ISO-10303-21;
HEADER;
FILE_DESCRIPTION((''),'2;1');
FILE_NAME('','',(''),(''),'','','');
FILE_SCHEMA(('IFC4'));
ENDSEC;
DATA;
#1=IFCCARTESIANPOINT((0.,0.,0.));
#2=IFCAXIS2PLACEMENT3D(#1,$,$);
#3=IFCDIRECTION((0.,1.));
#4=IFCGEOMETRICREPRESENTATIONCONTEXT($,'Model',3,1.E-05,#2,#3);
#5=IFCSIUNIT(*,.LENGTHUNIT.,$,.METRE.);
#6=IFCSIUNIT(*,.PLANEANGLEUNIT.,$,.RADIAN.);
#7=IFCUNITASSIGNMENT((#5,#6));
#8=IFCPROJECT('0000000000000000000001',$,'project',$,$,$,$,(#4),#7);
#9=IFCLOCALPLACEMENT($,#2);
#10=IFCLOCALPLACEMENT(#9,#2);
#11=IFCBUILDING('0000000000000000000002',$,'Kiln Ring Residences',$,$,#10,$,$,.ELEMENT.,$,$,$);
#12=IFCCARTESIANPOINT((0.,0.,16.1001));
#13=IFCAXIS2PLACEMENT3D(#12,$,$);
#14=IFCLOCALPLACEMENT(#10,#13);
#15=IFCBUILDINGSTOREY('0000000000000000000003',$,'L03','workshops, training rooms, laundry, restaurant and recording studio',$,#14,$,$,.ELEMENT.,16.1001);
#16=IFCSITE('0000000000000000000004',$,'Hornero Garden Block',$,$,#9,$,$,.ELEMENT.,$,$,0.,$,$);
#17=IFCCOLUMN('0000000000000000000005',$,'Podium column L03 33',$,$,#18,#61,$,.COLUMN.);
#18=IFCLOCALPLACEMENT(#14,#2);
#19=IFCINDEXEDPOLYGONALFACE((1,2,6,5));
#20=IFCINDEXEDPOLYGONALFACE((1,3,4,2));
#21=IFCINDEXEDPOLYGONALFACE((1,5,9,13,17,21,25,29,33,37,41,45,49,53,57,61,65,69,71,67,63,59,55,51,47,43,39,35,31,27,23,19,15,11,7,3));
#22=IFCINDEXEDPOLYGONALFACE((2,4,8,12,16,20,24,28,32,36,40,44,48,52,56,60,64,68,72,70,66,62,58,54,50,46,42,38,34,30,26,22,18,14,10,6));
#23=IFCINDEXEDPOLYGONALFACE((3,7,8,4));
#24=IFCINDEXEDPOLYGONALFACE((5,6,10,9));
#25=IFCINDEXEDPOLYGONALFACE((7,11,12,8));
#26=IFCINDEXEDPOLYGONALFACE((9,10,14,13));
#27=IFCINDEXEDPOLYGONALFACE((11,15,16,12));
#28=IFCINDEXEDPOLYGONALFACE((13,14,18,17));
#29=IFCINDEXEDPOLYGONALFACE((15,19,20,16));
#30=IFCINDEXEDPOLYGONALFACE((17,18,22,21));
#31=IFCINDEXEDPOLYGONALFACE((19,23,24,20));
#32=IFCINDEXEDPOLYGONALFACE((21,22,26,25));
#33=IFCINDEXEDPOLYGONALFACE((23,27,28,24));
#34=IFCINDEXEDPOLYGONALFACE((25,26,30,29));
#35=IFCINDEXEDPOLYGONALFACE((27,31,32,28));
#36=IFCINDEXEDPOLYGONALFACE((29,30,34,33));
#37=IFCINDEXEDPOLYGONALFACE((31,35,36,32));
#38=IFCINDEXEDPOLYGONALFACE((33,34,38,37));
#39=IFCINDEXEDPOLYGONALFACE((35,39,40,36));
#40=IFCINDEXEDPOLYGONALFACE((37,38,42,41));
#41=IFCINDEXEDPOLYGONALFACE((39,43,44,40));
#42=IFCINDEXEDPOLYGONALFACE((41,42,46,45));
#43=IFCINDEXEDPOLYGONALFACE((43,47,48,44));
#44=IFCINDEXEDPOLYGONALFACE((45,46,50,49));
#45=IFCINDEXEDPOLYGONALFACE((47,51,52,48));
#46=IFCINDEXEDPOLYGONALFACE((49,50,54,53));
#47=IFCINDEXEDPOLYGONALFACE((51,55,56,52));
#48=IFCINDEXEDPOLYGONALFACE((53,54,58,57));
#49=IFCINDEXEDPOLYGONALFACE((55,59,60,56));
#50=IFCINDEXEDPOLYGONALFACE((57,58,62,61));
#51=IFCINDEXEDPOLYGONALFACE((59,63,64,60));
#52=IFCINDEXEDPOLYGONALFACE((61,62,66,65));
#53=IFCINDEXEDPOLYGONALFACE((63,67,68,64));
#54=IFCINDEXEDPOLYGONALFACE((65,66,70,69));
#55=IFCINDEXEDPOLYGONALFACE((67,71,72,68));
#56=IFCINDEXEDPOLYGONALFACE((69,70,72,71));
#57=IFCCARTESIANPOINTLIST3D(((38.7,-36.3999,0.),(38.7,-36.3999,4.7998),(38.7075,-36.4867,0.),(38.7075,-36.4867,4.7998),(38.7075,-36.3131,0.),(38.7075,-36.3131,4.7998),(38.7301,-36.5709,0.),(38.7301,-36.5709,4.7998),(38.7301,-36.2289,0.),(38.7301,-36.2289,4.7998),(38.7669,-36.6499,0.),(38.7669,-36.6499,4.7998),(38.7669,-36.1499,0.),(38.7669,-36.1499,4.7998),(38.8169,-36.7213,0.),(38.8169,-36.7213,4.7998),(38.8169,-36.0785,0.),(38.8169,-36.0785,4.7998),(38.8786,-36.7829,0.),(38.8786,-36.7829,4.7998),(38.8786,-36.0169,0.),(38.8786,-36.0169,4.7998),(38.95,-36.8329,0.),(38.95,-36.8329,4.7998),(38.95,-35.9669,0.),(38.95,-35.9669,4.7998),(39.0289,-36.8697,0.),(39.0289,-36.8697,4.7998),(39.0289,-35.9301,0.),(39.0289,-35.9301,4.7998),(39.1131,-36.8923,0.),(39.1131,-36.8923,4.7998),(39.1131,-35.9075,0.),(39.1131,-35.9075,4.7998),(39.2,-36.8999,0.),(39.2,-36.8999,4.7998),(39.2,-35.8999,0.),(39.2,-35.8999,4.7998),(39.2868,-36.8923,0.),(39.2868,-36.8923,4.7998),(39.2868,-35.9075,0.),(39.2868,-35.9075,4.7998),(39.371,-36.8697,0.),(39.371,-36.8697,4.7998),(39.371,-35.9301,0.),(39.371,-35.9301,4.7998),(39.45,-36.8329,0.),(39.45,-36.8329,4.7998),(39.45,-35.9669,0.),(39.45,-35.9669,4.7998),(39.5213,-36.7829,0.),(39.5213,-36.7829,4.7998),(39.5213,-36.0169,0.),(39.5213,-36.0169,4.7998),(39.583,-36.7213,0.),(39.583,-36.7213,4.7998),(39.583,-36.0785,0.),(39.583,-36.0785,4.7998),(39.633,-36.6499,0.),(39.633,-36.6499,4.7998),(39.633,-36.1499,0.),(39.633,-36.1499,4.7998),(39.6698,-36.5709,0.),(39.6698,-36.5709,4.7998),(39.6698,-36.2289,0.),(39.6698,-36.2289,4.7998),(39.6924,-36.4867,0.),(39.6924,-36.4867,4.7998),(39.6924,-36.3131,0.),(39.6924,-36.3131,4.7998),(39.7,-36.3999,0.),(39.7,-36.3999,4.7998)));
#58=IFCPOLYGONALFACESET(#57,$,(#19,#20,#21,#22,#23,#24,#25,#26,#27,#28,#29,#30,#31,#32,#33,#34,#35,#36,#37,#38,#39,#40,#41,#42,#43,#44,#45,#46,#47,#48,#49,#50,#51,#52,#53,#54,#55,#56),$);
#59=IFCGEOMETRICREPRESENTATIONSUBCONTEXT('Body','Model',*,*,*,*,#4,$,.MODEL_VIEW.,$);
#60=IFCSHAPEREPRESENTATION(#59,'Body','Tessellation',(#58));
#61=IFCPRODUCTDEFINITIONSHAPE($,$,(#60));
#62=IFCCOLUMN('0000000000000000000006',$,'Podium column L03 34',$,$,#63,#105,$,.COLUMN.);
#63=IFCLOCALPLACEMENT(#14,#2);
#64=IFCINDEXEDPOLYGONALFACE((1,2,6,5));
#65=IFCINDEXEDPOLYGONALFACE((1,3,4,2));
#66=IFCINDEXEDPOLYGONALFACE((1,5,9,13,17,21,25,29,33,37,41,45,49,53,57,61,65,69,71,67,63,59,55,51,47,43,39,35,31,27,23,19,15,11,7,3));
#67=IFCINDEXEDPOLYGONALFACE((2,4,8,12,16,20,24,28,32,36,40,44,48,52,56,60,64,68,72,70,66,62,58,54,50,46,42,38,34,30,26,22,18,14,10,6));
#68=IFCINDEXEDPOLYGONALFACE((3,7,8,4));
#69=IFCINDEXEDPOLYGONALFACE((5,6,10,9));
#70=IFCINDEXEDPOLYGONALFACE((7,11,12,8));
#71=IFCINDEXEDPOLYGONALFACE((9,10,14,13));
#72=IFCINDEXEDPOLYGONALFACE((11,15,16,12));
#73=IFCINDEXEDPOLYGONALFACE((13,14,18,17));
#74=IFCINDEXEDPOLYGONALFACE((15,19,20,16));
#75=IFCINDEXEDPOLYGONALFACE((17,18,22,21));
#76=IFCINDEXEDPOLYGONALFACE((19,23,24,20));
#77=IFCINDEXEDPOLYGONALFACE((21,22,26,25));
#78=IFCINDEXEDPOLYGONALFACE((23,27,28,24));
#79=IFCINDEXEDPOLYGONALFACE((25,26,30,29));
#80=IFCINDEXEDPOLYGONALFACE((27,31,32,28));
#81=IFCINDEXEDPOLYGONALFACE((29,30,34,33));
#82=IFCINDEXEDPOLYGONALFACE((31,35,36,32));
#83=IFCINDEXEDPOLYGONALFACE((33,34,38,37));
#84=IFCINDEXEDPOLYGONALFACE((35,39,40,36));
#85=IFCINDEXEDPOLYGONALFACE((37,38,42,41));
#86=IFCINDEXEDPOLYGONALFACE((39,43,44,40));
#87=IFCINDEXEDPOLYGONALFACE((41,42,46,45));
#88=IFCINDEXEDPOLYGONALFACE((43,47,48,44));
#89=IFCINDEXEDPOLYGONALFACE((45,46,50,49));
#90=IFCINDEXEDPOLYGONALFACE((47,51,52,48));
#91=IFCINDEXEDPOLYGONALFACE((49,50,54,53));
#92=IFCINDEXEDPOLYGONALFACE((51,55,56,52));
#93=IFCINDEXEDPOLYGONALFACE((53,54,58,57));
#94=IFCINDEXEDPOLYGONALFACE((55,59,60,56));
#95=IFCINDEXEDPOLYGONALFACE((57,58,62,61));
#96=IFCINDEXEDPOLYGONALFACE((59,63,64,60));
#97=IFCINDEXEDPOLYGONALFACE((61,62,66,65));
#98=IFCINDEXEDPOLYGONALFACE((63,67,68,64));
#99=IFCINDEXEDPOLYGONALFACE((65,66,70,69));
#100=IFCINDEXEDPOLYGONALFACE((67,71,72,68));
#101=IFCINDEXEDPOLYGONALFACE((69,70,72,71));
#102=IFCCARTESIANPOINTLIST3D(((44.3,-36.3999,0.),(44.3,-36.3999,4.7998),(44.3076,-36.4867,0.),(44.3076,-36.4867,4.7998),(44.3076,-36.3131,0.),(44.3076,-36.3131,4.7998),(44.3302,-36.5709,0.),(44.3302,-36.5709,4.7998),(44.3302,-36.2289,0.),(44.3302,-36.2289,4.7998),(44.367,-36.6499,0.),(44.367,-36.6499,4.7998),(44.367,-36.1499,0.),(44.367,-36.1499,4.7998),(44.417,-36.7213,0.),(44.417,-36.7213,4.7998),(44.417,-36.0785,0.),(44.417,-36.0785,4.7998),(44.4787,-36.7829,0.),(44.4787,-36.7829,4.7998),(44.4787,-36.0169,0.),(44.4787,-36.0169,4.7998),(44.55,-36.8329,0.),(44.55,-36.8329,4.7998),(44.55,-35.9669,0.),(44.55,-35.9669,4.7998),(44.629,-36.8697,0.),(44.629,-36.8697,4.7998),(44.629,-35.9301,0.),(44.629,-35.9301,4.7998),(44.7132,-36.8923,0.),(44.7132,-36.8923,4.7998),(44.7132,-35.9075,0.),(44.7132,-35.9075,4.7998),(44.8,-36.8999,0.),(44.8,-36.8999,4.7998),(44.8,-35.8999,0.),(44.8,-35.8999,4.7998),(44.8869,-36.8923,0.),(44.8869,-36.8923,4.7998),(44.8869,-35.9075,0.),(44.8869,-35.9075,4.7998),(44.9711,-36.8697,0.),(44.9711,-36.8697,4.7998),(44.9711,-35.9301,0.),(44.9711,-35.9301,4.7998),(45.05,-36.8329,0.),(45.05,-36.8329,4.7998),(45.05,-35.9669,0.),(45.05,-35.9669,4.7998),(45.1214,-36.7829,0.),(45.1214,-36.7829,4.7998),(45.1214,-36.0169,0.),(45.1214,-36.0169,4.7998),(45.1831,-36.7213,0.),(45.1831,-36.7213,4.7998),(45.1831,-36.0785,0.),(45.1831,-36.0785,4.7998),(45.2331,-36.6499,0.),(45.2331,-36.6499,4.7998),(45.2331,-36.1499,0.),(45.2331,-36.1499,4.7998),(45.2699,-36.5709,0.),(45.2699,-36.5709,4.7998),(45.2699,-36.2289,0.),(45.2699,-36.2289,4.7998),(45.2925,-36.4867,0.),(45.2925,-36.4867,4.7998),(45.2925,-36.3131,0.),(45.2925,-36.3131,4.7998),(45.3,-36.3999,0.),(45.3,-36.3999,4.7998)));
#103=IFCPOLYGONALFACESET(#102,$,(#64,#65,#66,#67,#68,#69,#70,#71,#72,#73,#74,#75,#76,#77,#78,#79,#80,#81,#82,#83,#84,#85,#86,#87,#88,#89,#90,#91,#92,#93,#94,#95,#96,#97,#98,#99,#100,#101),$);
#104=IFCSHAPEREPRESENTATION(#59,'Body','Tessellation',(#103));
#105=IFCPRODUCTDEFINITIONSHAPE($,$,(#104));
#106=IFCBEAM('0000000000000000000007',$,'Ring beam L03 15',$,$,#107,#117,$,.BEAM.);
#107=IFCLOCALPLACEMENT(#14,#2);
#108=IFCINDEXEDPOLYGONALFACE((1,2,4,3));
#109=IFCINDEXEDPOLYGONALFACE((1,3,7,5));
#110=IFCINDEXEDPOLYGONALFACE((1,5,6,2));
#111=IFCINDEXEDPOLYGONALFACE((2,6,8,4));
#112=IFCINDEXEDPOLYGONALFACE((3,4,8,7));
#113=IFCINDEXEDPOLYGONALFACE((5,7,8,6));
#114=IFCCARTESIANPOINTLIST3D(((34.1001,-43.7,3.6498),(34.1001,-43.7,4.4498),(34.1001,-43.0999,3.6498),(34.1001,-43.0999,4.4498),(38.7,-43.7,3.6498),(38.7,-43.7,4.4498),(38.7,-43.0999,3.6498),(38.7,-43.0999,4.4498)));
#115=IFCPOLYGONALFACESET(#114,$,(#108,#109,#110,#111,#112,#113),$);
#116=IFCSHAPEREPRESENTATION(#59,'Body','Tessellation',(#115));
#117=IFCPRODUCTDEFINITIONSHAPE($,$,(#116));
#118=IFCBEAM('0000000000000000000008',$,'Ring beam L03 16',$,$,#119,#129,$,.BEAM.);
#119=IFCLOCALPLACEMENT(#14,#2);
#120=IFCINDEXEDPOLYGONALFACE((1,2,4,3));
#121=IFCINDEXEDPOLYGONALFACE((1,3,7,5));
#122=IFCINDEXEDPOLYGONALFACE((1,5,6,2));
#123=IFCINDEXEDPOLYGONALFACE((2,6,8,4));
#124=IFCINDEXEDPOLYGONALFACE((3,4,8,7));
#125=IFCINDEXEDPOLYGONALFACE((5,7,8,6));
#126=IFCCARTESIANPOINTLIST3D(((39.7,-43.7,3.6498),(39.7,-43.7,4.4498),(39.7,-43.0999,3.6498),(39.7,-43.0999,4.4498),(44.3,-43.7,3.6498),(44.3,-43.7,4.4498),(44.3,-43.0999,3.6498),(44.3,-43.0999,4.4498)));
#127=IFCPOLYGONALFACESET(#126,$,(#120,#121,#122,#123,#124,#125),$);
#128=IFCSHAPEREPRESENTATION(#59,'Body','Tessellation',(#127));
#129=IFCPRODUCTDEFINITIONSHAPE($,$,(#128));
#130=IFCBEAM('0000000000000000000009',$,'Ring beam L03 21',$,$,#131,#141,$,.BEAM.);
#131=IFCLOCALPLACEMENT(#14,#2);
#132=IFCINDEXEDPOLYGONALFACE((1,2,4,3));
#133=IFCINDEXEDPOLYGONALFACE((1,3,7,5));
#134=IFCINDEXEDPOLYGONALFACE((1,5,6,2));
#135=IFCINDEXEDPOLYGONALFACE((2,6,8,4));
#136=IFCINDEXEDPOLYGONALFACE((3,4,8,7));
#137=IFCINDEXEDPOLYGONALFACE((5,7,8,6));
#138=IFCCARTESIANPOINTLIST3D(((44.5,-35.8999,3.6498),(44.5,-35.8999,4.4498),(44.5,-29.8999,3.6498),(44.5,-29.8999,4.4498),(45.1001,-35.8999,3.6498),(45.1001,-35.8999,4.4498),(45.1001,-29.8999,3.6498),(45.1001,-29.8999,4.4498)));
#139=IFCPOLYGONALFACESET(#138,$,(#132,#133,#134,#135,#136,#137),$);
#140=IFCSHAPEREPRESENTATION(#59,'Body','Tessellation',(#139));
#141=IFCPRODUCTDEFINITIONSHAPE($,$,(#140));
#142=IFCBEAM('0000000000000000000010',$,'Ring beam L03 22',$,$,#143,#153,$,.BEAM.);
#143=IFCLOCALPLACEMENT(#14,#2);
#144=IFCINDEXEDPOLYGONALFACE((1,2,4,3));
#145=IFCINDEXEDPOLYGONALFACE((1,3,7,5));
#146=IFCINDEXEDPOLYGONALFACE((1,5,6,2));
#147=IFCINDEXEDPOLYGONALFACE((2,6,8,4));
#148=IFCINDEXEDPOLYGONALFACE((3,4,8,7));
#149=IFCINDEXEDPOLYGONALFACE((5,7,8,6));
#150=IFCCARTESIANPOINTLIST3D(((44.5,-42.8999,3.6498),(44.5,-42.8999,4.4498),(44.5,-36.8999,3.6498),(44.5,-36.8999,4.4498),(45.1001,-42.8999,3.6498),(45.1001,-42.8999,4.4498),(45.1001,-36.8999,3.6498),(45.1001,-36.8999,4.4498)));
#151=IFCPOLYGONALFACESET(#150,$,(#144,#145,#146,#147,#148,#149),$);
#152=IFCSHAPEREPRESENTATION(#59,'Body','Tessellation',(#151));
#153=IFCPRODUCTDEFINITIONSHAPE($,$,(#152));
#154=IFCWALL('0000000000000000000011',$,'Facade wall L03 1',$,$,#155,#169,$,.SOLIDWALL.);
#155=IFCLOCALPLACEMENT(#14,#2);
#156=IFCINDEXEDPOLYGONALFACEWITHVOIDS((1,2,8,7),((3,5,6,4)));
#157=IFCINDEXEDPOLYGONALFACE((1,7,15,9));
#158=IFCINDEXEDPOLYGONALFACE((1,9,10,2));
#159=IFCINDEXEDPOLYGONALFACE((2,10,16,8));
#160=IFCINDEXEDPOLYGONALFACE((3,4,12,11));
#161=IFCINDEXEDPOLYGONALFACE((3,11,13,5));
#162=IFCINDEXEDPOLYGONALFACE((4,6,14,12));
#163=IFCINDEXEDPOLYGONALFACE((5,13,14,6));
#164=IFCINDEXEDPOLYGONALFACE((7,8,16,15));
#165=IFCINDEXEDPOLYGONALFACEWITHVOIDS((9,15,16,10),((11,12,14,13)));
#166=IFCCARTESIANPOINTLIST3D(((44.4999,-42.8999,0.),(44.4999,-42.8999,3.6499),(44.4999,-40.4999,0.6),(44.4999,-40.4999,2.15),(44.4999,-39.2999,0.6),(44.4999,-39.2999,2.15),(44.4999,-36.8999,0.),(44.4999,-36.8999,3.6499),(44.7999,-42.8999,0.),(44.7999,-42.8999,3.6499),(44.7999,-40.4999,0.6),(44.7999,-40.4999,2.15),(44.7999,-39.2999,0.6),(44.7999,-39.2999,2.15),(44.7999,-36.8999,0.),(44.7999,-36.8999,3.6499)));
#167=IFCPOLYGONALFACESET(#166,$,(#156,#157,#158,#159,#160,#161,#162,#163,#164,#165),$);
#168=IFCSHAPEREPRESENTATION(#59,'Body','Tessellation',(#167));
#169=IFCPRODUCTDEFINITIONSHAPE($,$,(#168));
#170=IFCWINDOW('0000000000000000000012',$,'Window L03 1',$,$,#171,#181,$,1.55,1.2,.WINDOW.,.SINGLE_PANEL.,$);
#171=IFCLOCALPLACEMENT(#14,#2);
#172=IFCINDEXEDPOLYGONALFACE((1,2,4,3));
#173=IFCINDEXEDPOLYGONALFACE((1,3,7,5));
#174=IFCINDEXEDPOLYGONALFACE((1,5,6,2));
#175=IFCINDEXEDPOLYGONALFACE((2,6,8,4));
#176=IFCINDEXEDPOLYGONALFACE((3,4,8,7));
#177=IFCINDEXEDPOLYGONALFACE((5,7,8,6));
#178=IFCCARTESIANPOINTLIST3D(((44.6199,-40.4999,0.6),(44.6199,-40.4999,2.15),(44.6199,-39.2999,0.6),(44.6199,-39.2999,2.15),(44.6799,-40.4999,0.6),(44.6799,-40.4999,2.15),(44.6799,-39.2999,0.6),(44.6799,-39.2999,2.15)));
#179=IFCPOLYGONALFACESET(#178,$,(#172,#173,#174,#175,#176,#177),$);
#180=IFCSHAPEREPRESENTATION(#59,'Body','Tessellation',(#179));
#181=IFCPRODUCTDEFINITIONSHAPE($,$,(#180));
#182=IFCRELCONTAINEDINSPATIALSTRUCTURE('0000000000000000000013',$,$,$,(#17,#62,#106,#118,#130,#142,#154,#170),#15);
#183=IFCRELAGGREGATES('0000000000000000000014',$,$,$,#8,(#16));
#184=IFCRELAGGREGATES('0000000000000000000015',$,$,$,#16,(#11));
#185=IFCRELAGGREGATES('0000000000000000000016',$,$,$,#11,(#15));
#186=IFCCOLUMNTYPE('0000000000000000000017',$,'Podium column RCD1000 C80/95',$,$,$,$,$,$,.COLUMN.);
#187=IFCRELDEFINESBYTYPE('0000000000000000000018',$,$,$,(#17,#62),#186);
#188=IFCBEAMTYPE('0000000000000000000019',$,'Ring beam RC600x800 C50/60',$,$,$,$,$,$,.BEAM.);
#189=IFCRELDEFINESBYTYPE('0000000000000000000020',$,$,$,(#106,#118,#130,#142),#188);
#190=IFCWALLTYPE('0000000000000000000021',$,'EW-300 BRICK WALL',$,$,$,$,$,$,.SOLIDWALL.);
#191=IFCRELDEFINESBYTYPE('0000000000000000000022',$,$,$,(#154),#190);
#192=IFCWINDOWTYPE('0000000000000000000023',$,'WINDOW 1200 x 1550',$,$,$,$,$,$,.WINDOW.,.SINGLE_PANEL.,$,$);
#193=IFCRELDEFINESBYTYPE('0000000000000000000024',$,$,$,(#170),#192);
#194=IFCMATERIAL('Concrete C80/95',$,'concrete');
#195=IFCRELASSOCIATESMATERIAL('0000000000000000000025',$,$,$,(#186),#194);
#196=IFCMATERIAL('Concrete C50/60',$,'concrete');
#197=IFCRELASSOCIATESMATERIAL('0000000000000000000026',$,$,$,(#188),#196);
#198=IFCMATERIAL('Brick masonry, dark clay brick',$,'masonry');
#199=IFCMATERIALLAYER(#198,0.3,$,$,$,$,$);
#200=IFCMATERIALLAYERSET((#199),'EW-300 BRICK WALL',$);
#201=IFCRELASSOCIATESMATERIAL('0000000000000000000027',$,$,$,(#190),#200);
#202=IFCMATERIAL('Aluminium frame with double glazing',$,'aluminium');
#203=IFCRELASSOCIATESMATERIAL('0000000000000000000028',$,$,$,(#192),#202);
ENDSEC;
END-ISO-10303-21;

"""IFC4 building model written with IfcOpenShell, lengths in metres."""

from ifc_helpers import new_model, si_unit, direction, frame, frame_2d, origin, origin_2d, place, context, subcontext, project, spatial, rectangle, circle, extrude, material, layer, layer_set, material_profile, profile_set, type_object, element, fill, save


model = new_model("IFC4")

# Units and contexts
model_context = context("Model", 3, precision=1e-05, world=origin(), true_north=direction((0.0, 1.0)))
body_context = subcontext(model_context, "Body", "Model", "MODEL_VIEW")
ifc_project = project(units=[si_unit("LENGTHUNIT", "METRE"), si_unit("PLANEANGLEUNIT", "RADIAN")], contexts=[model_context])

# Site, building, storey
site_placement = place(None, origin())
site = spatial("IfcSite", under=ifc_project, at=site_placement, Name="Hornero Garden Block", CompositionType="ELEMENT", RefElevation=0.0)
building_placement = place(site_placement, origin())
building = spatial("IfcBuilding", under=site, at=building_placement, Name="Kiln Ring Residences", CompositionType="ELEMENT")
storey_placement = place(building_placement, frame((0.0, 0.0, 16.1001)))
storey = spatial("IfcBuildingStorey", under=building, at=storey_placement, Name="L03", Description="workshops, training rooms, laundry, restaurant and recording studio", CompositionType="ELEMENT", Elevation=16.1001)

# Columns
ifc_material_1 = material(Name="Concrete C80/95", Category="concrete")
ifc_material_profile_1 = material_profile(ifc_material_1, circle(Radius=0.5, at=origin_2d()), Name="RCD1000")
ifc_profile_set_1 = profile_set([ifc_material_profile_1], Name="Concrete C80/95")
column_type = type_object("IfcColumnType", Name="Podium column RCD1000 C80/95", PredefinedType="COLUMN", material=ifc_profile_set_1)
for number, where, z_axis, x_axis, name in (
    (1, (39.2, -36.3999, 0.0), (0.0, 0.0, 1.0), (1.0, 0.0, 0.0), "Podium column L03 33"),
    (2, (44.8, -36.3999, 0.0), (0.0, 0.0, 1.0), (1.0, 0.0, 0.0), "Podium column L03 34"),
):
    element("IfcColumn", number, at=place(storey_placement, frame(where, z_axis=z_axis, x_axis=x_axis)), inside=storey, type_object=column_type, Name=name, PredefinedType="COLUMN", context=body_context, shape_type="SweptSolid", body=[
        extrude(circle(Radius=0.5, at=origin_2d()), origin(), (0.0, 0.0, 1.0), 4.7998),
    ])

# Beams
ifc_material_2 = material(Name="Concrete C50/60", Category="concrete")
ifc_material_profile_2 = material_profile(ifc_material_2, rectangle(XDim=0.6001, YDim=0.8, at=origin_2d()), Name="RC600x800")
ifc_profile_set_2 = profile_set([ifc_material_profile_2], Name="Concrete C50/60")
beam_type = type_object("IfcBeamType", Name="Ring beam RC600x800 C50/60", PredefinedType="BEAM", material=ifc_profile_set_2)
beam_1_placement = place(storey_placement, frame((34.1001, -43.3999, 4.0498), z_axis=(1.0, 0.0, 0.0), x_axis=(0.0, 1.0, 0.0)))
element("IfcBeam", 3, at=beam_1_placement, inside=storey, type_object=beam_type, Name="Ring beam L03 15", PredefinedType="BEAM", context=body_context, shape_type="SweptSolid", body=[
    extrude(rectangle(XDim=0.6001, YDim=0.8, at=origin_2d()), origin(), (0.0, 0.0, 1.0), 4.5999),
])
beam_2_placement = place(storey_placement, frame((39.7, -43.3999, 4.0498), z_axis=(1.0, 0.0, 0.0), x_axis=(0.0, 1.0, 0.0)))
element("IfcBeam", 4, at=beam_2_placement, inside=storey, type_object=beam_type, Name="Ring beam L03 16", PredefinedType="BEAM", context=body_context, shape_type="SweptSolid", body=[
    extrude(rectangle(XDim=0.6001, YDim=0.8, at=origin_2d()), origin(), (0.0, 0.0, 1.0), 4.6001),
])
for number, where, z_axis, x_axis, name in (
    (5, (44.8, -29.8999, 4.0498), (0.0, -1.0, 0.0), (1.0, 0.0, 0.0), "Ring beam L03 21"),
    (6, (44.8, -36.8999, 4.0498), (0.0, -1.0, 0.0), (1.0, 0.0, 0.0), "Ring beam L03 22"),
):
    element("IfcBeam", number, at=place(storey_placement, frame(where, z_axis=z_axis, x_axis=x_axis)), inside=storey, type_object=beam_type, Name=name, PredefinedType="BEAM", context=body_context, shape_type="SweptSolid", body=[
        extrude(rectangle(XDim=0.6001, YDim=0.8, at=origin_2d()), origin(), (0.0, 0.0, 1.0), 6.0),
    ])

# Wall, opening, window
ifc_material_3 = material(Name="Brick masonry, dark clay brick", Category="masonry")
ifc_layer_1 = layer(ifc_material_3, 0.3)
ifc_layer_set_1 = layer_set([ifc_layer_1], Name="EW-300 BRICK WALL")
wall_type_1 = type_object("IfcWallType", Name="EW-300 BRICK WALL", PredefinedType="SOLIDWALL", material=ifc_layer_set_1)
wall_1_placement = place(storey_placement, frame((44.6499, -42.8999, 0.0), z_axis=(0.0, 0.0, 1.0), x_axis=(0.0, 1.0, 0.0)))
wall_1 = element("IfcWall", 7, at=wall_1_placement, inside=storey, type_object=wall_type_1, Name="Facade wall L03 1", PredefinedType="SOLIDWALL", context=body_context, shape_type="SweptSolid", body=[
    extrude(rectangle(XDim=6.0, YDim=0.3, at=frame_2d((3.0, 0.0))), origin(), (0.0, 0.0, 1.0), 3.6499),
])
opening_1_placement = place(wall_1_placement, frame((2.3999, 0.0, 0.6001)))
opening_1 = element("IfcOpeningElement", 8, at=opening_1_placement, cuts=wall_1, PredefinedType="OPENING", context=body_context, shape_type="SweptSolid", body=[
    extrude(rectangle(XDim=1.2, YDim=1.55, at=frame_2d((0.6001, 0.7749))), frame((0.0, 0.1599, 0.0), z_axis=(0.0, -1.0, 0.0), x_axis=(1.0, 0.0, 0.0)), (0.0, 0.0, 1.0), 0.3201),
])
ifc_material_4 = material(Name="Aluminium frame with double glazing", Category="aluminium")
window_type_1 = type_object("IfcWindowType", Name="WINDOW 1200 x 1550", PartitioningType="SINGLE_PANEL", PredefinedType="WINDOW", material=ifc_material_4)
window_1_placement = place(opening_1_placement, origin())
window_1 = element("IfcWindow", 9, at=window_1_placement, inside=storey, type_object=window_type_1, Name="Window L03 1", OverallHeight=1.55, OverallWidth=1.2, PartitioningType="SINGLE_PANEL", PredefinedType="WINDOW", context=body_context, shape_type="SweptSolid", body=[
    extrude(rectangle(XDim=1.2, YDim=1.55, at=frame_2d((0.6001, 0.7749))), frame((0.0, 0.03, 0.0), z_axis=(0.0, -1.0, 0.0), x_axis=(1.0, 0.0, 0.0)), (0.0, 0.0, 1.0), 0.0601),
])
fill(opening_1, window_1)

save(model, "model.ifc")
